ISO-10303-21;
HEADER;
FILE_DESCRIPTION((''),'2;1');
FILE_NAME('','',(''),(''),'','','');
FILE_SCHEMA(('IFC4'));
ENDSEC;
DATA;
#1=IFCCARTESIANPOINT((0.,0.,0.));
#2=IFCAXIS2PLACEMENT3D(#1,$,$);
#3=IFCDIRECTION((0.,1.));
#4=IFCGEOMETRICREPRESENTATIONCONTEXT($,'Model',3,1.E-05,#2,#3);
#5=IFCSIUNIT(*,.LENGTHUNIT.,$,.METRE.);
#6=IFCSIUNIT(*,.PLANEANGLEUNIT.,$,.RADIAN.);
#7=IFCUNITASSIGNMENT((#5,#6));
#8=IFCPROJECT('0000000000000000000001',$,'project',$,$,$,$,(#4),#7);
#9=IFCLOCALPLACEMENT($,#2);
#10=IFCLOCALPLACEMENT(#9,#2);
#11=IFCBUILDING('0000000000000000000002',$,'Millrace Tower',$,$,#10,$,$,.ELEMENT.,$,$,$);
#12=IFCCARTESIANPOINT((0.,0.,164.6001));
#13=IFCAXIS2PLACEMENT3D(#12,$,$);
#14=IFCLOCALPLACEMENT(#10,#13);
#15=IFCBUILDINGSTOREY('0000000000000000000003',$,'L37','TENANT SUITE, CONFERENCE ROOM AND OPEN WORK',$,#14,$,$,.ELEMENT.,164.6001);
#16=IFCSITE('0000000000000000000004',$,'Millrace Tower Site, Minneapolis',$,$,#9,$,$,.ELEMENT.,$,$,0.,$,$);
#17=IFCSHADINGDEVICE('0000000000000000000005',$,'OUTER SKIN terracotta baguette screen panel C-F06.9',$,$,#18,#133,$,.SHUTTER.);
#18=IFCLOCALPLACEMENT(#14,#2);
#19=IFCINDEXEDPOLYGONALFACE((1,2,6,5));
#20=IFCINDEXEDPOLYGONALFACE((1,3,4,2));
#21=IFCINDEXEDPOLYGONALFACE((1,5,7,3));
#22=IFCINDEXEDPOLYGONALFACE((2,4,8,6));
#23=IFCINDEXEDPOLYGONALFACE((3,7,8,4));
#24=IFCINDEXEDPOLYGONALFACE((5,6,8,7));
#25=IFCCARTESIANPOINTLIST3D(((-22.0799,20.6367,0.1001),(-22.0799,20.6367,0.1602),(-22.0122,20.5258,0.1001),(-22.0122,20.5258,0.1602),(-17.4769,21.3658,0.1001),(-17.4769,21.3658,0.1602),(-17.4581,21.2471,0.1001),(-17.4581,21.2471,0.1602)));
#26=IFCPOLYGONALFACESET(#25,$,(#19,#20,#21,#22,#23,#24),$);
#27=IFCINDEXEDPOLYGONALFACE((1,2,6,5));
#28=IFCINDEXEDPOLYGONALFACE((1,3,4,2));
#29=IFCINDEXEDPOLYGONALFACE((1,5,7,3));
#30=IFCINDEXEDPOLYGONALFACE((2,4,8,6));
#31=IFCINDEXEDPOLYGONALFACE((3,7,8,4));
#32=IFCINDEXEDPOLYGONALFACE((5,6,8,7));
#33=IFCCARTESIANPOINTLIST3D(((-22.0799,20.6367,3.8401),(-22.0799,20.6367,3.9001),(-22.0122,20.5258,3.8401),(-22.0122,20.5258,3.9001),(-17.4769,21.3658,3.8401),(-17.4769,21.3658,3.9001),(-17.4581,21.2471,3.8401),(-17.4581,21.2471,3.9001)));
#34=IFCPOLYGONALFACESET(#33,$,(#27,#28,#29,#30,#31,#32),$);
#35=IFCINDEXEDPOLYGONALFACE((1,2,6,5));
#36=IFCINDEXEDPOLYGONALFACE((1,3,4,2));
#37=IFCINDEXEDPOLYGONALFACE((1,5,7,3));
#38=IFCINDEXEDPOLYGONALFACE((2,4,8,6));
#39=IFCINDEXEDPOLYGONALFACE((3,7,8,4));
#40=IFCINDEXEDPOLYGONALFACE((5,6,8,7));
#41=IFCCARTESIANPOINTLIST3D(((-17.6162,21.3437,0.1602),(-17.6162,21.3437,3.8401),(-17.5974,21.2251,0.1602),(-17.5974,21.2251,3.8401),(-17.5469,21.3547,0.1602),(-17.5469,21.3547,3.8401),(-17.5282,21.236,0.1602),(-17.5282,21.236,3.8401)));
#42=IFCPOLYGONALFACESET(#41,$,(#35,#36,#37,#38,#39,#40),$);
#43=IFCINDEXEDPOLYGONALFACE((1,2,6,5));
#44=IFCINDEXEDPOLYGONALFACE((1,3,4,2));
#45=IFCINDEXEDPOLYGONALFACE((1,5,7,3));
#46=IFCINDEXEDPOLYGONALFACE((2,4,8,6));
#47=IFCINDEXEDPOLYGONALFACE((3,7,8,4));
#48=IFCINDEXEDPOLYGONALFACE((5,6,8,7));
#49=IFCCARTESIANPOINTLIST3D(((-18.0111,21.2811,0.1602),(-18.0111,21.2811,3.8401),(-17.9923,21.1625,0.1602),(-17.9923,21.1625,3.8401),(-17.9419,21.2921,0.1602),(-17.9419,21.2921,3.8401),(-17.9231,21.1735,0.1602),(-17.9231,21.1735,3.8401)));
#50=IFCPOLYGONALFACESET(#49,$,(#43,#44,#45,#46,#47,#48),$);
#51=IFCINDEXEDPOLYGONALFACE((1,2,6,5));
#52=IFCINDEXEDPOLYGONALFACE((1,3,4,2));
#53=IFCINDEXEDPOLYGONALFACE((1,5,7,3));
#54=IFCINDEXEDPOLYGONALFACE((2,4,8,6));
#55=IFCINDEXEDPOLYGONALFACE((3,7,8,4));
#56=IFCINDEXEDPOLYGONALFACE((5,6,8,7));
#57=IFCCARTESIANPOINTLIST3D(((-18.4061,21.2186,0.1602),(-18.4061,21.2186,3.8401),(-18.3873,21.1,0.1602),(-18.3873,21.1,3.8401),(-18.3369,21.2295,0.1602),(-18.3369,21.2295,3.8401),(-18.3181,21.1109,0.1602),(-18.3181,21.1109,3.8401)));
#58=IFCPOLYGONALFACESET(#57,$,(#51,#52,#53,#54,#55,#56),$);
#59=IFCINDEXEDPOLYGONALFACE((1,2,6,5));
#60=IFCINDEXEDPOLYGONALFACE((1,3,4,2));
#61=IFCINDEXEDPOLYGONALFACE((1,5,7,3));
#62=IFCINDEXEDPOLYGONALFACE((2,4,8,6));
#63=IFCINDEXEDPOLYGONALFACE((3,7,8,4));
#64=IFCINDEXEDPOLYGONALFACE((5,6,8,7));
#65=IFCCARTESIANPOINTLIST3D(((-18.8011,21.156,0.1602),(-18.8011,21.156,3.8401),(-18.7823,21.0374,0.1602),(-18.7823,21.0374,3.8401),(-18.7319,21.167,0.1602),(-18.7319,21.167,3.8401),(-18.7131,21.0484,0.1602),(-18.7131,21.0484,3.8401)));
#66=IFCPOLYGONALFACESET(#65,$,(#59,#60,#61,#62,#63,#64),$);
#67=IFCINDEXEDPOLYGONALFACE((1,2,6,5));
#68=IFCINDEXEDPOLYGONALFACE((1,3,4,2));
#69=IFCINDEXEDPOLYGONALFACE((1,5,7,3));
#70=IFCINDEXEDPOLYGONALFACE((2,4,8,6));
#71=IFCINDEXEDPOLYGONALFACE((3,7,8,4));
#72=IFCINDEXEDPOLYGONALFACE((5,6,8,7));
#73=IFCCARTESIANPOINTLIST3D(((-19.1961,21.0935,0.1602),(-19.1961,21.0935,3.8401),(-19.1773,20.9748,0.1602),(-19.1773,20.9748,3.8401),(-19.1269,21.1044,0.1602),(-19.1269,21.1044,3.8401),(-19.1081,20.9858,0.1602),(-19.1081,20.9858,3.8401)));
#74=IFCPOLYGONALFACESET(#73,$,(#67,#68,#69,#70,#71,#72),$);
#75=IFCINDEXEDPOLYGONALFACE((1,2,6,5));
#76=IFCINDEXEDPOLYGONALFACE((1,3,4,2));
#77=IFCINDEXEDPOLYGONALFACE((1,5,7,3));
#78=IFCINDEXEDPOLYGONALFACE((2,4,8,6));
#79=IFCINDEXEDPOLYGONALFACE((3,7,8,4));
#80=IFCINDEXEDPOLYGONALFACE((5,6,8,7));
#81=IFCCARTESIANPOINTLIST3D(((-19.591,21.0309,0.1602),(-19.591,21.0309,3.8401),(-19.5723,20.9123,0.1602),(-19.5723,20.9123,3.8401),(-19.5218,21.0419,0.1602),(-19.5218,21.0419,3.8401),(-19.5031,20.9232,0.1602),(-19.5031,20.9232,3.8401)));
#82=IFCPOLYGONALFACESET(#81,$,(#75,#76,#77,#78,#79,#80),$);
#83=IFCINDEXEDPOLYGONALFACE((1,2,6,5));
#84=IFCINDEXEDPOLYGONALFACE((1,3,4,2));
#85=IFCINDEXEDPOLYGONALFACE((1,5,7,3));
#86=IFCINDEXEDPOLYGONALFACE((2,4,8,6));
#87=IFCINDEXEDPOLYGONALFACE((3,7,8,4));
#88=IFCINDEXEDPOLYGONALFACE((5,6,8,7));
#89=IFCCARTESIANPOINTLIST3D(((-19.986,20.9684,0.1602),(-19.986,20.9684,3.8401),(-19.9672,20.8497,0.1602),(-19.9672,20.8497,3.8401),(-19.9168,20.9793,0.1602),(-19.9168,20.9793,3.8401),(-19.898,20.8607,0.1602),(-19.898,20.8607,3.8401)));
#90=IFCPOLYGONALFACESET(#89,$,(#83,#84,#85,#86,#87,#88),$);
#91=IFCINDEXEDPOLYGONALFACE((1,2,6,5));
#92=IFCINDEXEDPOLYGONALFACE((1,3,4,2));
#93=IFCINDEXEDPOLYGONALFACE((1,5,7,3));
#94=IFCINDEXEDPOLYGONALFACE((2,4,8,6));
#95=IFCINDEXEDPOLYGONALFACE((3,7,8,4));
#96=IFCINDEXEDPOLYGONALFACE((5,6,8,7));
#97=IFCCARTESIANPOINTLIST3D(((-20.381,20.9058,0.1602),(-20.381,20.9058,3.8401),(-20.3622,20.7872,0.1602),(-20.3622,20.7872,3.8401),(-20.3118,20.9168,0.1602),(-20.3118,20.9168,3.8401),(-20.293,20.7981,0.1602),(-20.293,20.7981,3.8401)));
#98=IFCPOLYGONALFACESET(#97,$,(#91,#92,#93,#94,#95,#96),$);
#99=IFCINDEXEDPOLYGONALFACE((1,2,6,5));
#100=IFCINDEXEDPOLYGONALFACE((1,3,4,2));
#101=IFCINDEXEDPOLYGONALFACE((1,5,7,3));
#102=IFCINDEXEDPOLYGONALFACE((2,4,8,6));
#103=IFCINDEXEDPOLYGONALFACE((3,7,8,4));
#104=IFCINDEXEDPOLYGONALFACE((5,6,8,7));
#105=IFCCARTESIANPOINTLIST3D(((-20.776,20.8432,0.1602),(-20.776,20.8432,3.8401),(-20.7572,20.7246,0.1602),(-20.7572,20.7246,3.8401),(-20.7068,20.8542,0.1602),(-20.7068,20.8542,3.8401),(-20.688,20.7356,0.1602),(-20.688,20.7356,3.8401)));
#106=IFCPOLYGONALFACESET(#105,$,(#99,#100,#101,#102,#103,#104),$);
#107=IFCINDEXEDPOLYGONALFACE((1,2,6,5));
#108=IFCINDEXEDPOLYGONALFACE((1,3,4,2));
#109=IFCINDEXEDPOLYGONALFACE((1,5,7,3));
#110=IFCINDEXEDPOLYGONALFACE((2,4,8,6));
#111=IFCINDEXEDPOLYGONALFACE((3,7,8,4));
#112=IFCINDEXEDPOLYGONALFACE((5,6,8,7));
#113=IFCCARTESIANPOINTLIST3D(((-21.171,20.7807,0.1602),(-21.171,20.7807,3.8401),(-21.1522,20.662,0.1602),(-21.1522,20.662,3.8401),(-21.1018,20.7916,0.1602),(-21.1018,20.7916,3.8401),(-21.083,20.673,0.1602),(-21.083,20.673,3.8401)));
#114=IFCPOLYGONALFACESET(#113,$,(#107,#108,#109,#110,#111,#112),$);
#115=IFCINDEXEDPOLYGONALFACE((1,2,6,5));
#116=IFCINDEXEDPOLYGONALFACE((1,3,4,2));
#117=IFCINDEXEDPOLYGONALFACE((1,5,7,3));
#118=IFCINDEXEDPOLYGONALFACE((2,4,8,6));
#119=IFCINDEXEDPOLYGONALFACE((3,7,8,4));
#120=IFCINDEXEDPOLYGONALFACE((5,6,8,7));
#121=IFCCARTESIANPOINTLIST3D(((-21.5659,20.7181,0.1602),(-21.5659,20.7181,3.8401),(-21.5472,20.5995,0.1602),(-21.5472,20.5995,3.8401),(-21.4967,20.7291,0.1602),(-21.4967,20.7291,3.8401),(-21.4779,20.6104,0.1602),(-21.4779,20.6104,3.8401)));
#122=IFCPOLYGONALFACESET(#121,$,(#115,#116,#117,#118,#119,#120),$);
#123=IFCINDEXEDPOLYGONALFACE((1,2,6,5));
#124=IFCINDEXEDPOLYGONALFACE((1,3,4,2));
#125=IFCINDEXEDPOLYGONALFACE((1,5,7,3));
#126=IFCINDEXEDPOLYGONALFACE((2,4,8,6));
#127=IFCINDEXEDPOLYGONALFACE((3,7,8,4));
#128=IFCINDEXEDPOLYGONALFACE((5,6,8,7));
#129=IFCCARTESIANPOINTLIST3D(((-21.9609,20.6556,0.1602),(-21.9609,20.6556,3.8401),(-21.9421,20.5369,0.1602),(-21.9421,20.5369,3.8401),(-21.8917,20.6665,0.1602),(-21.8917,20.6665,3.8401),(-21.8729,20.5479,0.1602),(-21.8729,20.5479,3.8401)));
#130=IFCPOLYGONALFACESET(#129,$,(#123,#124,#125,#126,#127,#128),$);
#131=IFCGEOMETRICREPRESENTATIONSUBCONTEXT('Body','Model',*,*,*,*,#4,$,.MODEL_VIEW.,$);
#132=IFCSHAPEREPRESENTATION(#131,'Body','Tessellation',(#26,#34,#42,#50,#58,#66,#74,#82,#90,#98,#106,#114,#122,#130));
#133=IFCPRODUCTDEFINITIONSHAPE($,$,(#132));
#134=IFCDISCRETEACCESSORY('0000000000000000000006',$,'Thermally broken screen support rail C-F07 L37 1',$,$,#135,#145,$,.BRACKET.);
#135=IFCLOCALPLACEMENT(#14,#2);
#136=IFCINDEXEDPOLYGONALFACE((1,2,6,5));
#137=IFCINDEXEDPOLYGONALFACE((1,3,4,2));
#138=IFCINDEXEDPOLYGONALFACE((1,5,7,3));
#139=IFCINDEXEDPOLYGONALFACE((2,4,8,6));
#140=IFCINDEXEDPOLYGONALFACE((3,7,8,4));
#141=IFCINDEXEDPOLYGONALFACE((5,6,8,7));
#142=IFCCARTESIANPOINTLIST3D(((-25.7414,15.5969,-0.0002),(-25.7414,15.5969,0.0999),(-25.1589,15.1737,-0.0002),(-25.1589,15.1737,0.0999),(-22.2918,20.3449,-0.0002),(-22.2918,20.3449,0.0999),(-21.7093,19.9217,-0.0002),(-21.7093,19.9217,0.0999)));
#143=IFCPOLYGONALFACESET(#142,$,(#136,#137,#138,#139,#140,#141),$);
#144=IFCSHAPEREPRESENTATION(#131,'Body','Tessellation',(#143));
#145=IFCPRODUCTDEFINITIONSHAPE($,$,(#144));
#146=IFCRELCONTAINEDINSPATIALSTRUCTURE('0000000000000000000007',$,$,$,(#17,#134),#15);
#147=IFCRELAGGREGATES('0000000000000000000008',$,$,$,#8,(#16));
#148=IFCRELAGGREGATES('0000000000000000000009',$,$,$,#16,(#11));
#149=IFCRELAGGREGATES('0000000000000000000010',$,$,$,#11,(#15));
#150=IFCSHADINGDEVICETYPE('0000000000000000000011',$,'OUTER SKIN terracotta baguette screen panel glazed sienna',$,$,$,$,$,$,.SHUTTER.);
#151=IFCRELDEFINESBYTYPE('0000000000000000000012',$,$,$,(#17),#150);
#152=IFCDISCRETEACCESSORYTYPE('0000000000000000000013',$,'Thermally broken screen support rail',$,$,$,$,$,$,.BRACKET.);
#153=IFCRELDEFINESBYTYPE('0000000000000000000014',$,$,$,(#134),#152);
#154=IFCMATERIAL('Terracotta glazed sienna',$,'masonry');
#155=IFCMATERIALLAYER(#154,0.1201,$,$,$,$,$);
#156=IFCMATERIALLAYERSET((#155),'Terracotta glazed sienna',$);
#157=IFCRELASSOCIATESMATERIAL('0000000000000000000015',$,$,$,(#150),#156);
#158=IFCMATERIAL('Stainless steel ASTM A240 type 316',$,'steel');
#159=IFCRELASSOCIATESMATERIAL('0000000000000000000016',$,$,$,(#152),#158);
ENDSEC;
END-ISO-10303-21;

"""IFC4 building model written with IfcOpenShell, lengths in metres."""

from ifc_helpers import new_model, entity, si_unit, direction, frame, frame_2d, origin, origin_2d, place, context, subcontext, project, spatial, rectangle, extrude, source, transform, mapped, material, layer, layer_set, type_object, element, save


model = new_model("IFC4")

# Units and contexts
model_context = context("Model", 3, precision=1e-05, world=origin(), true_north=direction((0.0, 1.0)))
body_context = subcontext(model_context, "Body", "Model", "MODEL_VIEW")
ifc_project = project(units=[si_unit("LENGTHUNIT", "METRE"), si_unit("PLANEANGLEUNIT", "RADIAN")], contexts=[model_context])

# Site, building, storey
site_placement = place(None, origin())
site = spatial("IfcSite", under=ifc_project, at=site_placement, Name="Millrace Tower Site, Minneapolis", CompositionType="ELEMENT", RefElevation=0.0)
building_placement = place(site_placement, origin())
building = spatial("IfcBuilding", under=site, at=building_placement, Name="Millrace Tower", CompositionType="ELEMENT")
storey_placement = place(building_placement, frame((0.0, 0.0, 164.6001)))
storey = spatial("IfcBuildingStorey", under=building, at=storey_placement, Name="L37", Description="TENANT SUITE, CONFERENCE ROOM AND OPEN WORK", CompositionType="ELEMENT", Elevation=164.6001)

# Shading device
ifc_material_1 = material(Name="Terracotta glazed sienna", Category="masonry")
ifc_layer_1 = layer(ifc_material_1, 0.1201)
ifc_layer_set_1 = layer_set([ifc_layer_1], Name="Terracotta glazed sienna")
shading_device_type = type_object("IfcShadingDeviceType", Name="OUTER SKIN terracotta baguette screen panel glazed sienna", PredefinedType="SHUTTER", material=ifc_layer_set_1)
cartesian_point_1 = entity("IfcCartesianPoint", [-2.3179, 0.0601])
shared_polyline_1 = entity("IfcPolyline", [cartesian_point_1, entity("IfcCartesianPoint", [2.293, 0.0601]), entity("IfcCartesianPoint", [2.3425, -0.0601]), entity("IfcCartesianPoint", [-2.3179, -0.0601]), cartesian_point_1])
shared_shape_1 = source(origin(), body_context, "Body", "SweptSolid", [
    entity("IfcExtrudedAreaSolid", entity("IfcArbitraryClosedProfileDef", "AREA", None, shared_polyline_1), entity("IfcAxis2Placement3D", entity("IfcCartesianPoint", [0.0, 0.0, 0.0])), entity("IfcDirection", [0.0, 0.0, 1.0]), 0.0601),
    entity("IfcExtrudedAreaSolid", entity("IfcArbitraryClosedProfileDef", "AREA", None, shared_polyline_1), entity("IfcAxis2Placement3D", entity("IfcCartesianPoint", [0.0, 0.0, 3.74])), entity("IfcDirection", [0.0, 0.0, 1.0]), 0.0601),
    extrude(rectangle(XDim=0.0701, YDim=0.1201, at=frame_2d((-2.2119, 0.0))), frame((0.0, 0.0, 0.0601)), (0.0, 0.0, 1.0), 3.6799),
    extrude(rectangle(XDim=0.0701, YDim=0.1201, at=frame_2d((-1.812, 0.0))), frame((0.0, 0.0, 0.0601)), (0.0, 0.0, 1.0), 3.6799),
    extrude(rectangle(XDim=0.0701, YDim=0.1201, at=frame_2d((-1.4121, 0.0))), frame((0.0, 0.0, 0.0601)), (0.0, 0.0, 1.0), 3.6799),
    extrude(rectangle(XDim=0.0701, YDim=0.1201, at=frame_2d((-1.0122, 0.0))), frame((0.0, 0.0, 0.0601)), (0.0, 0.0, 1.0), 3.6799),
    extrude(rectangle(XDim=0.0701, YDim=0.1201, at=frame_2d((-0.6123, 0.0))), frame((0.0, 0.0, 0.0601)), (0.0, 0.0, 1.0), 3.6799),
    extrude(rectangle(XDim=0.0701, YDim=0.1201, at=frame_2d((-0.2124, 0.0))), frame((0.0, 0.0, 0.0601)), (0.0, 0.0, 1.0), 3.6799),
    extrude(rectangle(XDim=0.0701, YDim=0.1201, at=frame_2d((0.1875, 0.0))), frame((0.0, 0.0, 0.0601)), (0.0, 0.0, 1.0), 3.6799),
    extrude(rectangle(XDim=0.0701, YDim=0.1201, at=frame_2d((0.5874, 0.0))), frame((0.0, 0.0, 0.0601)), (0.0, 0.0, 1.0), 3.6799),
    extrude(rectangle(XDim=0.0701, YDim=0.1201, at=frame_2d((0.9873, 0.0))), frame((0.0, 0.0, 0.0601)), (0.0, 0.0, 1.0), 3.6799),
    extrude(rectangle(XDim=0.0701, YDim=0.1201, at=frame_2d((1.3872, 0.0))), frame((0.0, 0.0, 0.0601)), (0.0, 0.0, 1.0), 3.6799),
    extrude(rectangle(XDim=0.0701, YDim=0.1201, at=frame_2d((1.7871, 0.0))), frame((0.0, 0.0, 0.0601)), (0.0, 0.0, 1.0), 3.6799),
    extrude(rectangle(XDim=0.0701, YDim=0.1201, at=frame_2d((2.187, 0.0))), frame((0.0, 0.0, 0.0601)), (0.0, 0.0, 1.0), 3.6799),
])
shading_device_1_placement = place(storey_placement, frame((-19.7568, 20.9438, 0.1001), z_axis=(0.0, 0.0, 1.0), x_axis=(-0.987688, -0.156434, 0.0)))
element("IfcShadingDevice", 1, at=shading_device_1_placement, inside=storey, type_object=shading_device_type, Name="OUTER SKIN terracotta baguette screen panel C-F06.9", PredefinedType="SHUTTER", context=body_context, shape_type="MappedRepresentation", body=[
    mapped(shared_shape_1, transform((0.0, 0.0, 0.0), scale=1.0)),
])

# Discrete accessory
ifc_material_2 = material(Name="Stainless steel ASTM A240 type 316", Category="steel")
discrete_accessory_type = type_object("IfcDiscreteAccessoryType", Name="Thermally broken screen support rail", PredefinedType="BRACKET", material=ifc_material_2)
discrete_accessory_placement = place(storey_placement, frame((-23.7253, 17.7593, -0.0002), z_axis=(0.0, 0.0, 1.0), x_axis=(-0.587785, -0.809017, 0.0)))
element("IfcDiscreteAccessory", 2, at=discrete_accessory_placement, inside=storey, type_object=discrete_accessory_type, Name="Thermally broken screen support rail C-F07 L37 1", PredefinedType="BRACKET", context=body_context, shape_type="SweptSolid", body=[
    extrude(rectangle(XDim=5.8689, YDim=0.72, at=origin_2d()), origin(), (0.0, 0.0, 1.0), 0.1001),
])

save(model, "model.ifc")
